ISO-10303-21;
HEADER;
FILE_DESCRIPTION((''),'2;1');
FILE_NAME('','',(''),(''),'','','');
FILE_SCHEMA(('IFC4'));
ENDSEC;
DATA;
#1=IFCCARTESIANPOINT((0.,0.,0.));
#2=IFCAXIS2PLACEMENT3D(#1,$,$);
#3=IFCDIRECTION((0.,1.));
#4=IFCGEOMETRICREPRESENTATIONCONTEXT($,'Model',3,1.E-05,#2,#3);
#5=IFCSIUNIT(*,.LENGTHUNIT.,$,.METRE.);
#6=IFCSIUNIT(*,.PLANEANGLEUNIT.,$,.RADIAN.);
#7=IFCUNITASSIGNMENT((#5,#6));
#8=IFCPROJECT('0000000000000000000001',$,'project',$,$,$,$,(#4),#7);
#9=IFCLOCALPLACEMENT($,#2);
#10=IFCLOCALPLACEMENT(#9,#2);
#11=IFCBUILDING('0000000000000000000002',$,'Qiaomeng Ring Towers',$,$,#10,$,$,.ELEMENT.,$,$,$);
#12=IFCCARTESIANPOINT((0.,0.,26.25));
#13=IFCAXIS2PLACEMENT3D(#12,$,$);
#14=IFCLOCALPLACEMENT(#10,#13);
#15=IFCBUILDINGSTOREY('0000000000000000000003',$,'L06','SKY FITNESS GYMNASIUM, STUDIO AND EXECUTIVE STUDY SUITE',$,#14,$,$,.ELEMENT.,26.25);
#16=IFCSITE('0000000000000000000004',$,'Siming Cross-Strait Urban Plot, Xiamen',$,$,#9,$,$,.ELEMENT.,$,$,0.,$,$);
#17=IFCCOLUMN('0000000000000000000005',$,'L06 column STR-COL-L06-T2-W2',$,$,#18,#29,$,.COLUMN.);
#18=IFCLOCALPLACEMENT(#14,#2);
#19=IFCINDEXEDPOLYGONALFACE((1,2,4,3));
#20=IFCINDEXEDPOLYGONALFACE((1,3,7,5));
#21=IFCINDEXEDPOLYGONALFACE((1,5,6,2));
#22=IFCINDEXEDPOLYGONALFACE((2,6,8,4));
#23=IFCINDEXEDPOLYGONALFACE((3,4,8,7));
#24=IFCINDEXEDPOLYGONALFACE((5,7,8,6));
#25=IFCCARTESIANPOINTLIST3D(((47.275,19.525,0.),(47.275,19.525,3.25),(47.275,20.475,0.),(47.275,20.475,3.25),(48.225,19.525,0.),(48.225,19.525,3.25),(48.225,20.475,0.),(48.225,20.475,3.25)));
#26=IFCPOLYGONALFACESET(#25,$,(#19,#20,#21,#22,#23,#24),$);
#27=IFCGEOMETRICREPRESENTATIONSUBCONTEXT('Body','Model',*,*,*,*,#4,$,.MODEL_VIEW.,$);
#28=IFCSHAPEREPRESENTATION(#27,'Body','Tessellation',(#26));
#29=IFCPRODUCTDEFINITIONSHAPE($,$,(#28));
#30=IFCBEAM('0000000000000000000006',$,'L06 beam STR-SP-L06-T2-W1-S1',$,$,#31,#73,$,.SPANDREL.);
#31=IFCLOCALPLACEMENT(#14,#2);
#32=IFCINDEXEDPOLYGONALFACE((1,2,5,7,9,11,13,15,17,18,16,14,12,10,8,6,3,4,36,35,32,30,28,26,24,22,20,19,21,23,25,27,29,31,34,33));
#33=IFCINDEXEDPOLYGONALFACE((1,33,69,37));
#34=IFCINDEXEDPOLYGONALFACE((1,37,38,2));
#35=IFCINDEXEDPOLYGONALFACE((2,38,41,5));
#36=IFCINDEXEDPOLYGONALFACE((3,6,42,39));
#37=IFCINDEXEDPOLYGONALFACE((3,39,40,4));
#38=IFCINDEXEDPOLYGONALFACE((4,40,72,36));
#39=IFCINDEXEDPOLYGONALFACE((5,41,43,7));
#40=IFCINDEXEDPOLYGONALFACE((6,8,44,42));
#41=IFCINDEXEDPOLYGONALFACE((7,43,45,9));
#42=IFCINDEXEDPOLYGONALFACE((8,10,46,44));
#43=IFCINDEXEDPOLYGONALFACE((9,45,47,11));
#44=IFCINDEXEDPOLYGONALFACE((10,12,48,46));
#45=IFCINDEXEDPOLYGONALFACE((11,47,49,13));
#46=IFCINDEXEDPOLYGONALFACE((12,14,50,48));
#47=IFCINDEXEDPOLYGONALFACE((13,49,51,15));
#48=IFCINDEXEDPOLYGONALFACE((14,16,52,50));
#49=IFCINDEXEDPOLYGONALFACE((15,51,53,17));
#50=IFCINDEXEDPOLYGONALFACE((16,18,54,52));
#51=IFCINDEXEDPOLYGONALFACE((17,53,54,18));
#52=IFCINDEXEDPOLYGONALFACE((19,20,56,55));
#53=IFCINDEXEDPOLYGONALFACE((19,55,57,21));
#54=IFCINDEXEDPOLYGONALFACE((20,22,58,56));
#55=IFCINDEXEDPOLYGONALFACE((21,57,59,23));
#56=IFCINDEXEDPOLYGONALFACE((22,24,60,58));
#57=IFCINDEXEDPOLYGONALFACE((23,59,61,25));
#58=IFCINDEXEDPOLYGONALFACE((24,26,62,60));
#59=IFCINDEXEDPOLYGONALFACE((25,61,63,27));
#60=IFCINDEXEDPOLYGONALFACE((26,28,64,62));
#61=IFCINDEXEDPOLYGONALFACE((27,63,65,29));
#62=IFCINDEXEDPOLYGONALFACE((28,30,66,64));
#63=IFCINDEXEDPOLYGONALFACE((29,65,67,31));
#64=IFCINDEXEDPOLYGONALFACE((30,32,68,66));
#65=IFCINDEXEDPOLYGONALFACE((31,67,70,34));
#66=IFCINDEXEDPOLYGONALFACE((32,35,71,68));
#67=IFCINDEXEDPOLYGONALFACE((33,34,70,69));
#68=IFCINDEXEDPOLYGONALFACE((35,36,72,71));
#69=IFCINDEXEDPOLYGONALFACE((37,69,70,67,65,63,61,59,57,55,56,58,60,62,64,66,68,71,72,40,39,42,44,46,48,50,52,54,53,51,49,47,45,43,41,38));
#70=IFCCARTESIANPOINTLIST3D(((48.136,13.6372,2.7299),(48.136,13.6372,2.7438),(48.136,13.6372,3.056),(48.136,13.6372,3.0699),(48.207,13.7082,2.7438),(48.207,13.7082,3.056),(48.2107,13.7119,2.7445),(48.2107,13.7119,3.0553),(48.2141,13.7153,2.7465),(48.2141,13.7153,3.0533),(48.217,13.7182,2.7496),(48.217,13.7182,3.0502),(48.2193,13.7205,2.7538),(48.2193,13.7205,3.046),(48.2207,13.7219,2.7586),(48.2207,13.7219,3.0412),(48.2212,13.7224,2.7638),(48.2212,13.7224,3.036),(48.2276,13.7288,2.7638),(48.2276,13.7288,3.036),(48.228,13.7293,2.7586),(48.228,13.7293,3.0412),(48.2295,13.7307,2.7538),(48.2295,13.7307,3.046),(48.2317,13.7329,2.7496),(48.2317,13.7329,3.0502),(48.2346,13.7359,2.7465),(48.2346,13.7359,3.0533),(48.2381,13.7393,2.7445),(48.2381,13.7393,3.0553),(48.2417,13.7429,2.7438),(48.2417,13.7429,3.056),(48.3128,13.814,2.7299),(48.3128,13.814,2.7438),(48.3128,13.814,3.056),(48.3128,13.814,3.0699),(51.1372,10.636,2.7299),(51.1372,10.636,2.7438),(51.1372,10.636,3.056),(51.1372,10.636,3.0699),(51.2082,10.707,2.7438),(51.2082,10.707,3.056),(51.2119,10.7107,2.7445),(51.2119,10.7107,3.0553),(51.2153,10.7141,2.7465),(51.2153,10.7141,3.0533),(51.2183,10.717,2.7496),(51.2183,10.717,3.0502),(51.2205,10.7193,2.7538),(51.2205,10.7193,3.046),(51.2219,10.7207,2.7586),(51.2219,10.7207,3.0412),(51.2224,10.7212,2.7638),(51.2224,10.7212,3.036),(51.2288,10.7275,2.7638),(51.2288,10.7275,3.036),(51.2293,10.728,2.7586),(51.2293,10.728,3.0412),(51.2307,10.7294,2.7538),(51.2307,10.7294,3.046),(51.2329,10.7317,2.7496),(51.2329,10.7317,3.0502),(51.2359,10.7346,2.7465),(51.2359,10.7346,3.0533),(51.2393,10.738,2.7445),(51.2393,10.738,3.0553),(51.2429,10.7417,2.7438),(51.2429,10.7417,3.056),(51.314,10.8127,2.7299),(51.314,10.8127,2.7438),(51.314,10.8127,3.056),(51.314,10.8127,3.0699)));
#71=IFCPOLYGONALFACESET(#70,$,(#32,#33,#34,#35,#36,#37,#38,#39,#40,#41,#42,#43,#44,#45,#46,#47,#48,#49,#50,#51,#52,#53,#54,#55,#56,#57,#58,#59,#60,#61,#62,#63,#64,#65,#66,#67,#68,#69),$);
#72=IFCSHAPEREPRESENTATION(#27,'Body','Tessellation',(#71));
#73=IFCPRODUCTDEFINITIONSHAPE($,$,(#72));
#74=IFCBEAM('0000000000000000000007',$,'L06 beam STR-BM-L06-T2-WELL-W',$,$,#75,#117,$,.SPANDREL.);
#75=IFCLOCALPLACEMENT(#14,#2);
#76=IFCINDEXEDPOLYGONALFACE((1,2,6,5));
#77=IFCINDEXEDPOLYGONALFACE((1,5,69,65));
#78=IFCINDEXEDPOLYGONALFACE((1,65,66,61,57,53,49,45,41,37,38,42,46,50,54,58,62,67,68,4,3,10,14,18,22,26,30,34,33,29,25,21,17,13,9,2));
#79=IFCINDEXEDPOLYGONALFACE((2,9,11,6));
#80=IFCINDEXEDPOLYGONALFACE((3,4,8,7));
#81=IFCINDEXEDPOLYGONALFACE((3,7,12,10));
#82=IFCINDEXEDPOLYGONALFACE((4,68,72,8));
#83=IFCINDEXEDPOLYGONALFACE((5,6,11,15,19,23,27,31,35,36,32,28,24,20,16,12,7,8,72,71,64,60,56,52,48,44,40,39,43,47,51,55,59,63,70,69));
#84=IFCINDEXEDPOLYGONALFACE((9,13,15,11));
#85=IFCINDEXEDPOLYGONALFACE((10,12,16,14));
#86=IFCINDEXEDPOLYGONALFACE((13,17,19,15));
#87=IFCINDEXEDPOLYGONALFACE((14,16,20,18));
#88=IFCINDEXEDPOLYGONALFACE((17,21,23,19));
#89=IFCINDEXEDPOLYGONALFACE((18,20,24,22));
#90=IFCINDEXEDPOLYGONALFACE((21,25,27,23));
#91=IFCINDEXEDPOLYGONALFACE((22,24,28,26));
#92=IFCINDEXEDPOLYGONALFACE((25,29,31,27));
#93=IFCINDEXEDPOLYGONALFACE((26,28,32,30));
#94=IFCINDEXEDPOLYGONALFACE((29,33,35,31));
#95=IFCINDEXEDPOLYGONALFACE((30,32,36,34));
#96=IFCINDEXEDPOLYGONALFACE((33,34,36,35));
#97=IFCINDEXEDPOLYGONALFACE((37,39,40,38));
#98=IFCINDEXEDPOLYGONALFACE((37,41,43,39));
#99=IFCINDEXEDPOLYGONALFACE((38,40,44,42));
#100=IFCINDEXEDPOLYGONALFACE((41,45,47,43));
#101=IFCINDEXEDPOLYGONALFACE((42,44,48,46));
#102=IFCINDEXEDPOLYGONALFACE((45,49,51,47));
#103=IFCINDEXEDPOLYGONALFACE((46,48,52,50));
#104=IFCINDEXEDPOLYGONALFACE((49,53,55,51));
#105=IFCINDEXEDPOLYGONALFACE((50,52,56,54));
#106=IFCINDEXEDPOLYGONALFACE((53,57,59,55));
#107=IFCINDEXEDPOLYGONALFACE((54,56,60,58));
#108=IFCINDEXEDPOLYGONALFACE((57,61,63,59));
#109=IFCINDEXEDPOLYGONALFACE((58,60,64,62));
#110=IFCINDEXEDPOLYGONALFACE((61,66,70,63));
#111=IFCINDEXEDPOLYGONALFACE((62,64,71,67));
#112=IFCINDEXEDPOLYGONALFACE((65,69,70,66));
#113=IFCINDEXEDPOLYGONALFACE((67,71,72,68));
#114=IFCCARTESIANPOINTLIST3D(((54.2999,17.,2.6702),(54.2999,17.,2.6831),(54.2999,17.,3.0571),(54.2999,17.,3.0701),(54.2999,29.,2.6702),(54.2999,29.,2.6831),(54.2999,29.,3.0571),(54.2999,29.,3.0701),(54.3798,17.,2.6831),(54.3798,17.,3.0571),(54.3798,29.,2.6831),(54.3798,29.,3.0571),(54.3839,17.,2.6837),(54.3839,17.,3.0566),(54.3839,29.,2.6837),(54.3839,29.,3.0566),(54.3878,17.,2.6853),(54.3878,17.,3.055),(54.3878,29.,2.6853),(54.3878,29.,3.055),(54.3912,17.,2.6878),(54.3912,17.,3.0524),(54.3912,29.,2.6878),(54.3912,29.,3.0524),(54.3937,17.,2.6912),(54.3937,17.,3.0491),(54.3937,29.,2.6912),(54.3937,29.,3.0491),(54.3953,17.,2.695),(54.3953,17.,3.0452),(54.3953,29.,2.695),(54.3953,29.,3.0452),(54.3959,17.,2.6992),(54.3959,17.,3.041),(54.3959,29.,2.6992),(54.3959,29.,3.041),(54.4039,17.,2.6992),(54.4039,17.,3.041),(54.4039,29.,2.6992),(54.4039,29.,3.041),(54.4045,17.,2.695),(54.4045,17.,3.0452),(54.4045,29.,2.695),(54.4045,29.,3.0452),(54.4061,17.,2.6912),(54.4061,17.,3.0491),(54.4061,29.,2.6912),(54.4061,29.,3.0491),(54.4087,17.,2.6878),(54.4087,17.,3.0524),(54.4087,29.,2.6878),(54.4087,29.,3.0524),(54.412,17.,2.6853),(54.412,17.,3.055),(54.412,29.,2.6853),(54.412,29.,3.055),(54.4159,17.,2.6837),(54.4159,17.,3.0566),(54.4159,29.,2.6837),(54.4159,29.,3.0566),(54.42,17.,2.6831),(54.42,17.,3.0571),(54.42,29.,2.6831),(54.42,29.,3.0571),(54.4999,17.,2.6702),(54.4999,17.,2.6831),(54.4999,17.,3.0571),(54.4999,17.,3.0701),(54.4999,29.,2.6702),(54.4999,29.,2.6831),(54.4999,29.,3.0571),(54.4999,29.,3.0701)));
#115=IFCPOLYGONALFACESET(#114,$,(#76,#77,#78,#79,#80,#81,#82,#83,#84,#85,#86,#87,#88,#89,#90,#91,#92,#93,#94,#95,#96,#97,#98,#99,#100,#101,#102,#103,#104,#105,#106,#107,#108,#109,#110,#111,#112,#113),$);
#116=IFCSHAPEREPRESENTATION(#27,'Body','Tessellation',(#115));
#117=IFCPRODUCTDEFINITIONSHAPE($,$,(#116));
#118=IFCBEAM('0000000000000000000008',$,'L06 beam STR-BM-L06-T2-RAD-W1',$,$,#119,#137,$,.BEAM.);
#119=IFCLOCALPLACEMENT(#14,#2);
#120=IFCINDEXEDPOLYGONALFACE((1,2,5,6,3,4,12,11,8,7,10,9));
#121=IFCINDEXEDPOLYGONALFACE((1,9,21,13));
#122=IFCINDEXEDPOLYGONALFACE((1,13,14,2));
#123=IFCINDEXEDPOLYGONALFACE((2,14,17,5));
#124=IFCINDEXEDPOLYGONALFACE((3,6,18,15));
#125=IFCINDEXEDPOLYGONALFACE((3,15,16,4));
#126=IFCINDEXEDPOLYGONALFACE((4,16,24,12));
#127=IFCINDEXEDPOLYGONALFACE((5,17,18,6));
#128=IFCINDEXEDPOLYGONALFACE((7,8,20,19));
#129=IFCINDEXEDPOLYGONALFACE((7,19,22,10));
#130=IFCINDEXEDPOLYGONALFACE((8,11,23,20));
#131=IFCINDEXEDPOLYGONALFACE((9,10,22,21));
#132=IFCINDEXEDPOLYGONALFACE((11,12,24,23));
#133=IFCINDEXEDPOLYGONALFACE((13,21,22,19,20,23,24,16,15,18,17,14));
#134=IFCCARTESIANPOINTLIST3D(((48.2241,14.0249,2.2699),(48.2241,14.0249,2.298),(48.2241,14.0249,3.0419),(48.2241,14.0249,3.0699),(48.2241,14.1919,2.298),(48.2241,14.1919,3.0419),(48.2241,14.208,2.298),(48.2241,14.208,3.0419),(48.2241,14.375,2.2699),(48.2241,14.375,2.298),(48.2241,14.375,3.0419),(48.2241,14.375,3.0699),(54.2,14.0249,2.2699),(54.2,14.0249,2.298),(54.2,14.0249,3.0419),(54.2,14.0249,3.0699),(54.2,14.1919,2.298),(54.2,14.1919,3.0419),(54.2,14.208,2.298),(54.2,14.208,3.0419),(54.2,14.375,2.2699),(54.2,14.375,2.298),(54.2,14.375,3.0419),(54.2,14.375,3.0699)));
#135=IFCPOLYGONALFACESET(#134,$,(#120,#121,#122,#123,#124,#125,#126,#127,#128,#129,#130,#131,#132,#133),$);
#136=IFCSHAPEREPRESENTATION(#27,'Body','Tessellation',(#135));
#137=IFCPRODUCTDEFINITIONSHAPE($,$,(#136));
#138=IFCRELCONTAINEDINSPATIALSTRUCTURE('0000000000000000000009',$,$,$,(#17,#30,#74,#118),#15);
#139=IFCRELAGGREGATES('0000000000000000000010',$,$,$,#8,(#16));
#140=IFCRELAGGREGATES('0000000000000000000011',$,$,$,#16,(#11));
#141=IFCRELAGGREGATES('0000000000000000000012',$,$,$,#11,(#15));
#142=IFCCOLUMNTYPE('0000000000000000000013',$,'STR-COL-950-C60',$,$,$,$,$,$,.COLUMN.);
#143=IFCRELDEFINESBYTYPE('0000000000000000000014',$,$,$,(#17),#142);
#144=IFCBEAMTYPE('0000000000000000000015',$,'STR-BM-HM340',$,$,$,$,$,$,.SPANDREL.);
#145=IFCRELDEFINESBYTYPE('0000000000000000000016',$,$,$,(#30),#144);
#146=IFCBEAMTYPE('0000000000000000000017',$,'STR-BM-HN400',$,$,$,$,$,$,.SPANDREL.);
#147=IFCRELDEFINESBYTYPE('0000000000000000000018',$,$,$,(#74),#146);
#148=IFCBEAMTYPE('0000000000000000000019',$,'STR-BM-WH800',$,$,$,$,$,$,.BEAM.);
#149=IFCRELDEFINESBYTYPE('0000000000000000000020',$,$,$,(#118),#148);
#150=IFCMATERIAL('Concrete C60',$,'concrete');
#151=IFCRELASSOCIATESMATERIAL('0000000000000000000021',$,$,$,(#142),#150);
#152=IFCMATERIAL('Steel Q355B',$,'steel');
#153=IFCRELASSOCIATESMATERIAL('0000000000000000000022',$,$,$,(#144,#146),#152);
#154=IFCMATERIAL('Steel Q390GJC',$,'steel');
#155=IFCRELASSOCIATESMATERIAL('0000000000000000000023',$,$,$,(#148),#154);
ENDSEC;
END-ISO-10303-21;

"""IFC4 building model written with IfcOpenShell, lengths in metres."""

from ifc_helpers import new_model, si_unit, direction, frame, origin, origin_2d, place, context, subcontext, project, spatial, rectangle, i_section, extrude, source, transform, mapped, material, material_profile, profile_set, type_object, element, save


model = new_model("IFC4")

# Units and contexts
model_context = context("Model", 3, precision=1e-05, world=origin(), true_north=direction((0.0, 1.0)))
body_context = subcontext(model_context, "Body", "Model", "MODEL_VIEW")
ifc_project = project(units=[si_unit("LENGTHUNIT", "METRE"), si_unit("PLANEANGLEUNIT", "RADIAN")], contexts=[model_context])

# Site, building, storey
site_placement = place(None, origin())
site = spatial("IfcSite", under=ifc_project, at=site_placement, Name="Siming Cross-Strait Urban Plot, Xiamen", CompositionType="ELEMENT", RefElevation=0.0)
building_placement = place(site_placement, origin())
building = spatial("IfcBuilding", under=site, at=building_placement, Name="Qiaomeng Ring Towers", CompositionType="ELEMENT")
storey_placement = place(building_placement, frame((0.0, 0.0, 26.25)))
storey = spatial("IfcBuildingStorey", under=building, at=storey_placement, Name="L06", Description="SKY FITNESS GYMNASIUM, STUDIO AND EXECUTIVE STUDY SUITE", CompositionType="ELEMENT", Elevation=26.25)

# Column
ifc_material_1 = material(Name="Concrete C60", Category="concrete")
ifc_material_profile_1 = material_profile(ifc_material_1, rectangle(XDim=0.95, YDim=0.95, at=origin_2d()), Name="RC COL 950x950")
ifc_profile_set_1 = profile_set([ifc_material_profile_1], Name="Concrete C60")
column_type = type_object("IfcColumnType", Name="STR-COL-950-C60", PredefinedType="COLUMN", material=ifc_profile_set_1)
shared_shape_1 = source(origin(), body_context, "Body", "SweptSolid", [
    extrude(rectangle(XDim=0.95, YDim=0.95, at=origin_2d()), origin(), (0.0, 0.0, 1.0), 3.25),
])
column_placement = place(storey_placement, frame((47.75, 20.0, 0.0), z_axis=(0.0, 0.0, 1.0), x_axis=(1.0, 0.0, 0.0)))
element("IfcColumn", 1, at=column_placement, inside=storey, type_object=column_type, Name="L06 column STR-COL-L06-T2-W2", PredefinedType="COLUMN", context=body_context, shape_type="MappedRepresentation", body=[
    mapped(shared_shape_1, transform((0.0, 0.0, 0.0), x_axis=(1.0, 0.0, 0.0), y_axis=(0.0, 1.0, 0.0), z_axis=(0.0, 0.0, 1.0), scale=1.0)),
])

# Beams
ifc_material_2 = material(Name="Steel Q355B", Category="steel")
ifc_material_profile_2 = material_profile(ifc_material_2, i_section(OverallWidth=0.25, OverallDepth=0.3401, WebThickness=0.009, FlangeThickness=0.0139, FilletRadius=0.02, at=origin_2d()), Name="HM 340x250x9x14")
ifc_profile_set_2 = profile_set([ifc_material_profile_2], Name="Steel Q355B")
beam_type_1 = type_object("IfcBeamType", Name="STR-BM-HM340", PredefinedType="SPANDREL", material=ifc_profile_set_2)
shared_shape_2 = source(origin(), body_context, "Body", "SweptSolid", [
    extrude(i_section(OverallWidth=0.25, OverallDepth=0.3401, WebThickness=0.009, FlangeThickness=0.0139, FilletRadius=0.02, at=origin_2d()), origin(), (0.0, 0.0, 1.0), 4.2444),
])
beam_1_placement = place(storey_placement, frame((48.2244, 13.7256, 2.8999), z_axis=(0.707107, -0.707107, 0.0), x_axis=(0.707107, 0.707107, 0.0)))
element("IfcBeam", 2, at=beam_1_placement, inside=storey, type_object=beam_type_1, Name="L06 beam STR-SP-L06-T2-W1-S1", PredefinedType="SPANDREL", context=body_context, shape_type="MappedRepresentation", body=[
    mapped(shared_shape_2, transform((0.0, 0.0, 0.0), x_axis=(1.0, 0.0, 0.0), y_axis=(0.0, 1.0, 0.0), z_axis=(0.0, 0.0, 1.0), scale=1.0)),
])
ifc_material_profile_3 = material_profile(ifc_material_2, i_section(OverallWidth=0.2, OverallDepth=0.3999, WebThickness=0.0081, FlangeThickness=0.0129, FilletRadius=0.0161, at=origin_2d()), Name="HN 400x200x8x13")
ifc_profile_set_3 = profile_set([ifc_material_profile_3], Name="Steel Q355B")
beam_type_2 = type_object("IfcBeamType", Name="STR-BM-HN400", PredefinedType="SPANDREL", material=ifc_profile_set_3)
shared_shape_3 = source(origin(), body_context, "Body", "SweptSolid", [
    extrude(i_section(OverallWidth=0.2, OverallDepth=0.3999, WebThickness=0.0081, FlangeThickness=0.0129, FilletRadius=0.0161, at=origin_2d()), origin(), (0.0, 0.0, 1.0), 12.0),
])
beam_2_placement = place(storey_placement, frame((54.3999, 17.0, 2.8701), z_axis=(0.0, 1.0, 0.0), x_axis=(-1.0, 0.0, 0.0)))
element("IfcBeam", 3, at=beam_2_placement, inside=storey, type_object=beam_type_2, Name="L06 beam STR-BM-L06-T2-WELL-W", PredefinedType="SPANDREL", context=body_context, shape_type="MappedRepresentation", body=[
    mapped(shared_shape_3, transform((0.0, 0.0, 0.0), x_axis=(1.0, 0.0, 0.0), y_axis=(0.0, 1.0, 0.0), z_axis=(0.0, 0.0, 1.0), scale=1.0)),
])
ifc_material_3 = material(Name="Steel Q390GJC", Category="steel")
ifc_material_profile_4 = material_profile(ifc_material_3, i_section(OverallWidth=0.3501, OverallDepth=0.8, WebThickness=0.0161, FlangeThickness=0.0281, at=origin_2d()), Name="WH 800x350x16x28")
ifc_profile_set_4 = profile_set([ifc_material_profile_4], Name="Steel Q390GJC")
beam_type_3 = type_object("IfcBeamType", Name="STR-BM-WH800", PredefinedType="BEAM", material=ifc_profile_set_4)
shared_shape_4 = source(origin(), body_context, "Body", "SweptSolid", [
    extrude(i_section(OverallWidth=0.3501, OverallDepth=0.8, WebThickness=0.0161, FlangeThickness=0.0281, at=origin_2d()), origin(), (0.0, 0.0, 1.0), 5.9758),
])
beam_3_placement = place(storey_placement, frame((48.2241, 14.2, 2.6699), z_axis=(1.0, 0.0, 0.0), x_axis=(0.0, 1.0, 0.0)))
element("IfcBeam", 4, at=beam_3_placement, inside=storey, type_object=beam_type_3, Name="L06 beam STR-BM-L06-T2-RAD-W1", PredefinedType="BEAM", context=body_context, shape_type="MappedRepresentation", body=[
    mapped(shared_shape_4, transform((0.0, 0.0, 0.0), x_axis=(1.0, 0.0, 0.0), y_axis=(0.0, 1.0, 0.0), z_axis=(0.0, 0.0, 1.0), scale=1.0)),
])

save(model, "model.ifc")
